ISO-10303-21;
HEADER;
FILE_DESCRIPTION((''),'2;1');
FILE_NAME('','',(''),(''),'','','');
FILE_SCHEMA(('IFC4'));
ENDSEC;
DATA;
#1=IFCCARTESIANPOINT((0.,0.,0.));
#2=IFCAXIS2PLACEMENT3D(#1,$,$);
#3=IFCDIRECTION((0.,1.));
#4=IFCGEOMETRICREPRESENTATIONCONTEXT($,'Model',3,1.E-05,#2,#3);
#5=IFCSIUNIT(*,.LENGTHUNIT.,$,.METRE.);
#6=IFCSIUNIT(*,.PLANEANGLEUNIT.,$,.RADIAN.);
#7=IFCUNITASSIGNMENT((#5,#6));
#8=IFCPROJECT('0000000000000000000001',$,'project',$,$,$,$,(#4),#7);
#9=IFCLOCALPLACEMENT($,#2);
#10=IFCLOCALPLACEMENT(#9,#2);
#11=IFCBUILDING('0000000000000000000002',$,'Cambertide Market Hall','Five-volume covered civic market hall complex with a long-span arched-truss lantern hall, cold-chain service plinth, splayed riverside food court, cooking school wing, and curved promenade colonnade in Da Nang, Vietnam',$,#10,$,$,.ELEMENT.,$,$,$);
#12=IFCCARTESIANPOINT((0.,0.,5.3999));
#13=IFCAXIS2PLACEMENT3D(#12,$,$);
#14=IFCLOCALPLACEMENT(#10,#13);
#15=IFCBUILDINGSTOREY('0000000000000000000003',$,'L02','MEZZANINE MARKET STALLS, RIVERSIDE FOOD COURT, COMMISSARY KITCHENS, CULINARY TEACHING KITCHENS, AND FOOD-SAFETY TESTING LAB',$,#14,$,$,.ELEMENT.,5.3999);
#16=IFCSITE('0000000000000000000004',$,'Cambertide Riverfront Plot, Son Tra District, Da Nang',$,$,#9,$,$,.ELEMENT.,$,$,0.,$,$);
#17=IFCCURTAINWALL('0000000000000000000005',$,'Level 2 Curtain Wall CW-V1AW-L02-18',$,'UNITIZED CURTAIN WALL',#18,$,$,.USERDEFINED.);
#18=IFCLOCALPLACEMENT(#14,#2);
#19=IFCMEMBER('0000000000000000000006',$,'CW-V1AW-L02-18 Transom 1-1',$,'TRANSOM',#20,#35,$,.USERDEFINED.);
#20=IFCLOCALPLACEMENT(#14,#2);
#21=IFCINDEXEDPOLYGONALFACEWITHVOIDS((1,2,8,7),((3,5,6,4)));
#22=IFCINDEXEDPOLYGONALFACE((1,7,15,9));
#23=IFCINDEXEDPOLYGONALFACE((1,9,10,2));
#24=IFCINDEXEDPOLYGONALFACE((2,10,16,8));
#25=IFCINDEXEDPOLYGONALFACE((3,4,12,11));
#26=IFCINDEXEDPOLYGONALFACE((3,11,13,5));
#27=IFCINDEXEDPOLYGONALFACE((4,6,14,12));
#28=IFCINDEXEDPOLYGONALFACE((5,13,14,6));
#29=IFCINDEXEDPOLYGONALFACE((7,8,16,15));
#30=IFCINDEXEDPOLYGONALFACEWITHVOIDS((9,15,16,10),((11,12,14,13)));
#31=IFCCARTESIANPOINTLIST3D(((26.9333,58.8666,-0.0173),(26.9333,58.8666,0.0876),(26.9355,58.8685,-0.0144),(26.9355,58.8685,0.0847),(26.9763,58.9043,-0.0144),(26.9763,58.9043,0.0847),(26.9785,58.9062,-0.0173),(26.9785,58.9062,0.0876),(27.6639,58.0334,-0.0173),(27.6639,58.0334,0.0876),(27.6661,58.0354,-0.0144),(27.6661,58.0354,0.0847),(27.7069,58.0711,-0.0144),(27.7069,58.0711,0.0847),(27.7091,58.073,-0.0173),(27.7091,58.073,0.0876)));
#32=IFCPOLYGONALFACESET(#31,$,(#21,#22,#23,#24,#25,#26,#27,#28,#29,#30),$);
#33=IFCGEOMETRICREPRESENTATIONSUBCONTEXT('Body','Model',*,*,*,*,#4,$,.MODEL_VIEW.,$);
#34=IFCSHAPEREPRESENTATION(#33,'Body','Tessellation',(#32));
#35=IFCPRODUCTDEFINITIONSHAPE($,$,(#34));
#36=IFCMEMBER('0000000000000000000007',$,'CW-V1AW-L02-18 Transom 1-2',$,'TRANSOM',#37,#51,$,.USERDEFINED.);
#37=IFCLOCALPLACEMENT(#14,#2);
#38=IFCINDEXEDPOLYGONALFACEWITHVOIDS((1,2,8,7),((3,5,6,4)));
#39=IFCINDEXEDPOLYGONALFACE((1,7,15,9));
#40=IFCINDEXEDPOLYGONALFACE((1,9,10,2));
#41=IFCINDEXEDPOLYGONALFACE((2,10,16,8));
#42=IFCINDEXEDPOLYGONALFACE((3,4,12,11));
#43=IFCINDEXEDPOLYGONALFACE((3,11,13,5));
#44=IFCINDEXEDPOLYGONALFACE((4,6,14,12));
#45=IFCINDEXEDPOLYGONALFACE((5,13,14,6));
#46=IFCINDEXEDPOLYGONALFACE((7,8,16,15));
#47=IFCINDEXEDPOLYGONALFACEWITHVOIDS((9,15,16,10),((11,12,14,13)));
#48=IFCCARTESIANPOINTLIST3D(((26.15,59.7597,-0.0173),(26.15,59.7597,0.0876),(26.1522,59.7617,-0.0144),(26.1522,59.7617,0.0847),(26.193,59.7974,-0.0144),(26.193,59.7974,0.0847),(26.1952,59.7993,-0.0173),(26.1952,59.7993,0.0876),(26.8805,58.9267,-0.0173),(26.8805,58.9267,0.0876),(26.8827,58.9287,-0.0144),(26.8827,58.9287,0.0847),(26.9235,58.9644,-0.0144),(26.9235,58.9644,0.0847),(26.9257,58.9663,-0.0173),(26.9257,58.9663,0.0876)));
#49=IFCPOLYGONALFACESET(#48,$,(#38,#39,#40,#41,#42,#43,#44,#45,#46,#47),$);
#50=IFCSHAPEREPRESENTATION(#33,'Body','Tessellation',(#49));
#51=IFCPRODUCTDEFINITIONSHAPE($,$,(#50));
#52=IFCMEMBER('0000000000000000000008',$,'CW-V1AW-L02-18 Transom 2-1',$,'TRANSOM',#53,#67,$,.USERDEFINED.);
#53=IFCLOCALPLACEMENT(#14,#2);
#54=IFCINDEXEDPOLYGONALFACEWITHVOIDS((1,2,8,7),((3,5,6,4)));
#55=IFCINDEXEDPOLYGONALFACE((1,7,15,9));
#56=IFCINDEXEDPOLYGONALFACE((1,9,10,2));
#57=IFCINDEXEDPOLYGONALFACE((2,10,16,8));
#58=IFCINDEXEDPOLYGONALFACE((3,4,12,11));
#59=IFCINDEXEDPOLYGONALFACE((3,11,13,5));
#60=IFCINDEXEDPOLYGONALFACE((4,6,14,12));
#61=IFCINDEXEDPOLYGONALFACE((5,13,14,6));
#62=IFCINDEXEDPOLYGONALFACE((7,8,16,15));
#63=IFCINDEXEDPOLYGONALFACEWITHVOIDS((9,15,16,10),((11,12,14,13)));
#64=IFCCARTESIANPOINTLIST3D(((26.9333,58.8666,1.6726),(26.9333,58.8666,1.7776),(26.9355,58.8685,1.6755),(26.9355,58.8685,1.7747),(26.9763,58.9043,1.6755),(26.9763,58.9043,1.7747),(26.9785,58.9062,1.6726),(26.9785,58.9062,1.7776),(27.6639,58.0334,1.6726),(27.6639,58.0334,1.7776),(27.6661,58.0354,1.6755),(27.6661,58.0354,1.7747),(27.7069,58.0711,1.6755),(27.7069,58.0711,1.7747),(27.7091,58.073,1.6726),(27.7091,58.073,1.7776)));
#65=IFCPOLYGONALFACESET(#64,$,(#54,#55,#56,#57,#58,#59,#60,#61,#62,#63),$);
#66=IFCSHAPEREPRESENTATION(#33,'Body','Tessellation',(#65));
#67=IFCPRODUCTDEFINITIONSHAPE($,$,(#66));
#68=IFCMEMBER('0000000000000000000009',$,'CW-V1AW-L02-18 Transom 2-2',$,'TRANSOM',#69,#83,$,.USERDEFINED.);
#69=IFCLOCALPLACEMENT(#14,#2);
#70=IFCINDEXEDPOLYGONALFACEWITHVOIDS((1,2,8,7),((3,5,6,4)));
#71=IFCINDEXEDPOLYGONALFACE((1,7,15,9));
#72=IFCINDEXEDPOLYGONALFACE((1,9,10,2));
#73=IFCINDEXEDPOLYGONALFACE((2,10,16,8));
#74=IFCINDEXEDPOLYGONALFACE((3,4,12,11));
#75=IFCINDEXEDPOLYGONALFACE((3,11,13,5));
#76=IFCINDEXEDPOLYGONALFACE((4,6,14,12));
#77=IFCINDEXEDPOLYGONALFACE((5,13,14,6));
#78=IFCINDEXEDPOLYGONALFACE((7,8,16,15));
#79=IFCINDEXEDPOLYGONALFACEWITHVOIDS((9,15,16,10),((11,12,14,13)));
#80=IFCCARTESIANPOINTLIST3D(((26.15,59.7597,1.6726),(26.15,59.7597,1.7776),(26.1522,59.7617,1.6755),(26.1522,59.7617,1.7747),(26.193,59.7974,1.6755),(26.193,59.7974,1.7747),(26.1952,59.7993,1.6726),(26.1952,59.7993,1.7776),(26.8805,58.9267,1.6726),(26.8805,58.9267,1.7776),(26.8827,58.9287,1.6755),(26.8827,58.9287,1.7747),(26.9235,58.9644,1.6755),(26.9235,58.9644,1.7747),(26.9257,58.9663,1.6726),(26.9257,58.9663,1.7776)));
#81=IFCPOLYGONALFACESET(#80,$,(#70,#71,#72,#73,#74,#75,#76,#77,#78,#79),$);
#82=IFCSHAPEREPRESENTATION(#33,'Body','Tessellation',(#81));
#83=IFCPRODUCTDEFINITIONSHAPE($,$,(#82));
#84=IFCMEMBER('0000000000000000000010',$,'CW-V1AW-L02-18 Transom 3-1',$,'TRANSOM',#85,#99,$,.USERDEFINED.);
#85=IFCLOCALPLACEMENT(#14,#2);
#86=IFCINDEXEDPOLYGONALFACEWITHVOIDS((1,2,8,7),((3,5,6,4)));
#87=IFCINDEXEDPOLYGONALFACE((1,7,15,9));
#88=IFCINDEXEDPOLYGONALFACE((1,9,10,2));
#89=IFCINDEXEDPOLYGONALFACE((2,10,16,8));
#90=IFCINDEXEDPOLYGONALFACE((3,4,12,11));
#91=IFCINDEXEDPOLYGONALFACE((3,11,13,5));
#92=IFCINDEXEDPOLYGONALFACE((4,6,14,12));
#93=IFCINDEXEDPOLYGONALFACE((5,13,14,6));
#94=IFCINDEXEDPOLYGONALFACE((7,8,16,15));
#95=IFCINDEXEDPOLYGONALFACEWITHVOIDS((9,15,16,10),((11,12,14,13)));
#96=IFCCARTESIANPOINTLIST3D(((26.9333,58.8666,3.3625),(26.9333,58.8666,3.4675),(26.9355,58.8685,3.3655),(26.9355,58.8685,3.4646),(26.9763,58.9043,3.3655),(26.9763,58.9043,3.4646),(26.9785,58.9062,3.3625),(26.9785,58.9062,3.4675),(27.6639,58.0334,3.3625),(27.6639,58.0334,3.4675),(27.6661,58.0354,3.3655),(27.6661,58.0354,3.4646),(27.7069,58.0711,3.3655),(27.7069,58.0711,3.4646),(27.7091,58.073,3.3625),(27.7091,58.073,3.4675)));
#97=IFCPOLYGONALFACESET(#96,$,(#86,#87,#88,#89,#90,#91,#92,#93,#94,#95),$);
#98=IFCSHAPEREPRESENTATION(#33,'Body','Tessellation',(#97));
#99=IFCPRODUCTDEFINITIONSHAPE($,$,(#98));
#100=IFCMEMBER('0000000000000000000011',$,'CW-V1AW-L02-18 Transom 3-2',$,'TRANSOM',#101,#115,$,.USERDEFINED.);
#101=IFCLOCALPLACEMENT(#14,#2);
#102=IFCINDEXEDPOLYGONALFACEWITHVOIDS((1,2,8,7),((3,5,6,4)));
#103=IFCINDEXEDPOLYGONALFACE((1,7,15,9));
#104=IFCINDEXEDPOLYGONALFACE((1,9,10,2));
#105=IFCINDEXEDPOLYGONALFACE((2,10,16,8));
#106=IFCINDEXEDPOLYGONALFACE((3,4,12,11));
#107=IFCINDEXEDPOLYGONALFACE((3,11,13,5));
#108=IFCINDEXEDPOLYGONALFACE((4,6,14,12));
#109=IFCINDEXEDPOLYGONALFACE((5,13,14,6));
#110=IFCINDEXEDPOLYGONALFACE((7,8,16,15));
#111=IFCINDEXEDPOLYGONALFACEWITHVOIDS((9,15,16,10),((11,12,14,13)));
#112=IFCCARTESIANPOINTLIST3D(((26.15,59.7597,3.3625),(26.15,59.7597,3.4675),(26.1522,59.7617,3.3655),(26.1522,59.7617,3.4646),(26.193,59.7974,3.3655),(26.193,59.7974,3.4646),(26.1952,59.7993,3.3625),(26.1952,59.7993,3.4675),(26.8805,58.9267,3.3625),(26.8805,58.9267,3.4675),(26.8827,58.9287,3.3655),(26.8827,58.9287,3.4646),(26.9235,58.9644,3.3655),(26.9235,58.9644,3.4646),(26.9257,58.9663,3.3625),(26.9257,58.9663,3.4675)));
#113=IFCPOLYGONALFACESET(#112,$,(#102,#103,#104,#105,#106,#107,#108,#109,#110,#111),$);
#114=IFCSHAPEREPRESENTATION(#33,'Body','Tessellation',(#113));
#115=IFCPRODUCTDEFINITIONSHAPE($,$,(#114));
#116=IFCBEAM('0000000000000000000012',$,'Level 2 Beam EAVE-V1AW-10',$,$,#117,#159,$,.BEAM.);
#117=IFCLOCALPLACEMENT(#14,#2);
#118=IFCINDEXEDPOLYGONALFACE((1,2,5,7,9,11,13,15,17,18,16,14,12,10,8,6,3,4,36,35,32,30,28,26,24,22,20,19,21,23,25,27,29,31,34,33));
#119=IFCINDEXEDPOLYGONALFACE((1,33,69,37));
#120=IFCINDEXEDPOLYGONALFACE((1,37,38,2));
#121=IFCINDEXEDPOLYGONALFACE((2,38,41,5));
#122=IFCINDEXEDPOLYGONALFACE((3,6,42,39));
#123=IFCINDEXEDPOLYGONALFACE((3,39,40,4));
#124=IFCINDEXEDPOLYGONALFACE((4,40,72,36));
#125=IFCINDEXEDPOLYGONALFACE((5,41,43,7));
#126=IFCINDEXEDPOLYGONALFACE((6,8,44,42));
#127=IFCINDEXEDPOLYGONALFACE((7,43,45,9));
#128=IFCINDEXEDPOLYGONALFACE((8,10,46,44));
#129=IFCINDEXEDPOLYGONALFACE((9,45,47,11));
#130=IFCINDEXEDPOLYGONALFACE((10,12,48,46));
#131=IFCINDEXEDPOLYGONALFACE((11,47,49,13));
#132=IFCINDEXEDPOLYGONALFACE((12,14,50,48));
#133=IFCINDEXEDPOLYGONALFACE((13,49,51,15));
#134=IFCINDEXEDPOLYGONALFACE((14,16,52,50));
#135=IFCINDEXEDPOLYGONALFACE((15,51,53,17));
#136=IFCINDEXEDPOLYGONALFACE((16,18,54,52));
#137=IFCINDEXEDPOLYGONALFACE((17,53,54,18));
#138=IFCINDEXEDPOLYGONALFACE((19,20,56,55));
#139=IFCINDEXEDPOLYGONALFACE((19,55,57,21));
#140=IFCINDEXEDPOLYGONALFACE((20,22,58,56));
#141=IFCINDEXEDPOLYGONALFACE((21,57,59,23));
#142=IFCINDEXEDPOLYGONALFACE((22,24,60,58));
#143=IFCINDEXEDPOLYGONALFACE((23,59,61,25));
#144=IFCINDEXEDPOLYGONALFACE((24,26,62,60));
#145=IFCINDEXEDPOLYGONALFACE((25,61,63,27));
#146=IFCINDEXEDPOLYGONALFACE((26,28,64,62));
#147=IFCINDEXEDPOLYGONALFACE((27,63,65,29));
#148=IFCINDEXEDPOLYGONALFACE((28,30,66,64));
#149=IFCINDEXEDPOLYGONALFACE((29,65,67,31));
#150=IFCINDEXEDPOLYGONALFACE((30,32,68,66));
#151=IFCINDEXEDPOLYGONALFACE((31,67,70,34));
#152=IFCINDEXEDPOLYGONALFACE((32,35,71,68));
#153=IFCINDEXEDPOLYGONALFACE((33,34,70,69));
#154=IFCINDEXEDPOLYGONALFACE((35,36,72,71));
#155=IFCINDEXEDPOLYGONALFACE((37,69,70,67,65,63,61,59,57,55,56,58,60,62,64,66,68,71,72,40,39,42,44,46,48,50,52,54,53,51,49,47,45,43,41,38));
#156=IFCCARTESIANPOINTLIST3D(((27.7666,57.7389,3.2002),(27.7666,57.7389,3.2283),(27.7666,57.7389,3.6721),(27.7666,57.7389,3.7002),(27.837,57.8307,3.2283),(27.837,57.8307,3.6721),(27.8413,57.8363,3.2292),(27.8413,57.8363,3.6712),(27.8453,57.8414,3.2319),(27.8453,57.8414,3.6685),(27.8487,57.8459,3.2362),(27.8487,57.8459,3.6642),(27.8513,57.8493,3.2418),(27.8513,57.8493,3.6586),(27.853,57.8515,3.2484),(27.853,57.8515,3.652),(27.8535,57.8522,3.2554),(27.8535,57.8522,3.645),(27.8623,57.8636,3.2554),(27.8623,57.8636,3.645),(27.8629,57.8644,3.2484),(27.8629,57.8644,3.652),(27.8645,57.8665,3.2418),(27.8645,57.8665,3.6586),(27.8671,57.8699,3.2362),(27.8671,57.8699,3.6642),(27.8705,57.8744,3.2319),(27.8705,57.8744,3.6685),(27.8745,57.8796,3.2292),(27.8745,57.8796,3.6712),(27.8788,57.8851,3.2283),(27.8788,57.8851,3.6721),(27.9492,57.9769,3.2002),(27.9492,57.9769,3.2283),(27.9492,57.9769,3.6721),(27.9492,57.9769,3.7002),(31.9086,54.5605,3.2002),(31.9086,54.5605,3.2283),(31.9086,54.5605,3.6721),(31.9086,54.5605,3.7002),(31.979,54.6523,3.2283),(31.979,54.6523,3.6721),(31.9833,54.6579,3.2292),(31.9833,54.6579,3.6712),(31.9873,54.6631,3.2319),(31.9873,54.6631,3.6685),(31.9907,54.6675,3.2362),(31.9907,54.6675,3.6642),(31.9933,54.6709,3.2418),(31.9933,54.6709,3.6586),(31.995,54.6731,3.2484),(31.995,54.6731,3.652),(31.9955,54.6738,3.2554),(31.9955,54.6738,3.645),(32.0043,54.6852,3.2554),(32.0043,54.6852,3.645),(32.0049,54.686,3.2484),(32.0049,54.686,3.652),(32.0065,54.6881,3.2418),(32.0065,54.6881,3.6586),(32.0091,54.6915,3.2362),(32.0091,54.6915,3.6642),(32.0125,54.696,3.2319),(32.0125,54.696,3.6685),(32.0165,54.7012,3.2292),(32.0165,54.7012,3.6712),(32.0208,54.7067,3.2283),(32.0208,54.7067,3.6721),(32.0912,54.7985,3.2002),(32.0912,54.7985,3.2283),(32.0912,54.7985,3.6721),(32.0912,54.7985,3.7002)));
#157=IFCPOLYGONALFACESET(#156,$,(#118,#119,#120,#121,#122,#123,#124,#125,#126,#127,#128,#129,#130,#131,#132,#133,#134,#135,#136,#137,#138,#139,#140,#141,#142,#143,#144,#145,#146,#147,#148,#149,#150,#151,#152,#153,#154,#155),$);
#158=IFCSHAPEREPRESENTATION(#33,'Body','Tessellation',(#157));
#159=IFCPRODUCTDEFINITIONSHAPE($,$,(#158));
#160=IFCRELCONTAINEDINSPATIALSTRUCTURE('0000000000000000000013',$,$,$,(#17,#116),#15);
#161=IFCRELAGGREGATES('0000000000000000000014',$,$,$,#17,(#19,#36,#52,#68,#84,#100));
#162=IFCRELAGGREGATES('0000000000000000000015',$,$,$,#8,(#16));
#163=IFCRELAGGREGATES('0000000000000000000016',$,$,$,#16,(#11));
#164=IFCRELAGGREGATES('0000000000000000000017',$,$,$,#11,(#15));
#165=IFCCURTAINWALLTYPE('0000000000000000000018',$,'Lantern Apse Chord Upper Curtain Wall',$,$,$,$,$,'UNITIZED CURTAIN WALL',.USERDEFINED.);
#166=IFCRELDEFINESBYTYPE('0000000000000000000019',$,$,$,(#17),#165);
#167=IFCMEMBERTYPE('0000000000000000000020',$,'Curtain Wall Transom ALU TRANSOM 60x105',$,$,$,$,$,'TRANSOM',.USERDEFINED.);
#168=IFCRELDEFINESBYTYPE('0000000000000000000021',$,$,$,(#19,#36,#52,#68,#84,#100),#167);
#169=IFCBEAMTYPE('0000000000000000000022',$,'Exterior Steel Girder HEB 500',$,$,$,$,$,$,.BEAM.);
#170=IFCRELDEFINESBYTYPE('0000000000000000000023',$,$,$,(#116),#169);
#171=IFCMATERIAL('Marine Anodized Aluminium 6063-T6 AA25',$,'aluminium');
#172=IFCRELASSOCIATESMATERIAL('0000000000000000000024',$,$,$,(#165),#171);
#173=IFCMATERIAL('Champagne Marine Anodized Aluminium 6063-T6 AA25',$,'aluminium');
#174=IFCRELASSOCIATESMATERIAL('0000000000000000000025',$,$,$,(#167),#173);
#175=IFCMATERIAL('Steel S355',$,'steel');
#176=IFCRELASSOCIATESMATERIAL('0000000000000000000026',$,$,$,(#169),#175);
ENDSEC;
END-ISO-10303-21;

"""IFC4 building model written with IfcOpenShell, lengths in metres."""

from ifc_helpers import new_model, si_unit, direction, frame, origin, origin_2d, place, context, subcontext, project, spatial, hollow_rectangle, i_section, extrude, material, material_profile, profile_set, type_object, element, aggregate, save


model = new_model("IFC4")

# Units and contexts
model_context = context("Model", 3, precision=1e-05, world=origin(), true_north=direction((0.0, 1.0)))
body_context = subcontext(model_context, "Body", "Model", "MODEL_VIEW")
ifc_project = project(units=[si_unit("LENGTHUNIT", "METRE"), si_unit("PLANEANGLEUNIT", "RADIAN")], contexts=[model_context])

# Site, building, storey
site_placement = place(None, origin())
site = spatial("IfcSite", under=ifc_project, at=site_placement, Name="Cambertide Riverfront Plot, Son Tra District, Da Nang", CompositionType="ELEMENT", RefElevation=0.0)
building_placement = place(site_placement, origin())
building = spatial("IfcBuilding", under=site, at=building_placement, Name="Cambertide Market Hall", Description="Five-volume covered civic market hall complex with a long-span arched-truss lantern hall, cold-chain service plinth, splayed riverside food court, cooking school wing, and curved promenade colonnade in Da Nang, Vietnam", CompositionType="ELEMENT")
storey_placement = place(building_placement, frame((0.0, 0.0, 5.3999)))
storey = spatial("IfcBuildingStorey", under=building, at=storey_placement, Name="L02", Description="MEZZANINE MARKET STALLS, RIVERSIDE FOOD COURT, COMMISSARY KITCHENS, CULINARY TEACHING KITCHENS, AND FOOD-SAFETY TESTING LAB", CompositionType="ELEMENT", Elevation=5.3999)

# Shared definitions
ifc_material_1 = material(Name="Marine Anodized Aluminium 6063-T6 AA25", Category="aluminium")
curtain_wall_type = type_object("IfcCurtainWallType", Name="Lantern Apse Chord Upper Curtain Wall", ElementType="UNITIZED CURTAIN WALL", PredefinedType="USERDEFINED", material=ifc_material_1)

# Curtain wall
curtain_wall_1_placement = place(storey_placement, origin())
curtain_wall_1 = element("IfcCurtainWall", 1, at=curtain_wall_1_placement, inside=storey, type_object=curtain_wall_type, Name="Level 2 Curtain Wall CW-V1AW-L02-18", ObjectType="UNITIZED CURTAIN WALL", PredefinedType="USERDEFINED")

# Members
ifc_material_2 = material(Name="Champagne Marine Anodized Aluminium 6063-T6 AA25", Category="aluminium")
ifc_material_profile_1 = material_profile(ifc_material_2, hollow_rectangle(XDim=0.0601, YDim=0.105, WallThickness=0.0029, at=origin_2d()), Name="ALU TRANSOM 60x105")
ifc_profile_set_1 = profile_set([ifc_material_profile_1], Name="Champagne Marine Anodized Aluminium 6063-T6 AA25")
member_type_1 = type_object("IfcMemberType", Name="Curtain Wall Transom ALU TRANSOM 60x105", ElementType="TRANSOM", PredefinedType="USERDEFINED", material=ifc_profile_set_1)
member_1_placement = place(storey_placement, frame((27.6865, 58.0532, 0.0352), z_axis=(-0.659331, 0.751853, 0.0), x_axis=(-0.751853, -0.659331, 0.0)))
member_1 = element("IfcMember", 2, at=member_1_placement, type_object=member_type_1, Name="CW-V1AW-L02-18 Transom 1-1", ObjectType="TRANSOM", PredefinedType="USERDEFINED", context=body_context, shape_type="SweptSolid", body=[
    extrude(hollow_rectangle(XDim=0.0601, YDim=0.105, WallThickness=0.0029, at=origin_2d()), origin(), (0.0, 0.0, 1.0), 1.1082),
])
member_2_placement = place(storey_placement, frame((26.9031, 58.9465, 0.0352), z_axis=(-0.659315, 0.751866, 0.0), x_axis=(-0.751866, -0.659315, 0.0)))
member_2 = element("IfcMember", 3, at=member_2_placement, type_object=member_type_1, Name="CW-V1AW-L02-18 Transom 1-2", ObjectType="TRANSOM", PredefinedType="USERDEFINED", context=body_context, shape_type="SweptSolid", body=[
    extrude(hollow_rectangle(XDim=0.0601, YDim=0.105, WallThickness=0.0029, at=origin_2d()), origin(), (0.0, 0.0, 1.0), 1.1079),
])
member_3_placement = place(storey_placement, frame((27.6865, 58.0532, 1.7251), z_axis=(-0.659331, 0.751853, 0.0), x_axis=(-0.751853, -0.659331, 0.0)))
member_3 = element("IfcMember", 4, at=member_3_placement, type_object=member_type_1, Name="CW-V1AW-L02-18 Transom 2-1", ObjectType="TRANSOM", PredefinedType="USERDEFINED", context=body_context, shape_type="SweptSolid", body=[
    extrude(hollow_rectangle(XDim=0.0601, YDim=0.105, WallThickness=0.0029, at=origin_2d()), origin(), (0.0, 0.0, 1.0), 1.1082),
])
member_4_placement = place(storey_placement, frame((26.9031, 58.9465, 1.7251), z_axis=(-0.659315, 0.751866, 0.0), x_axis=(-0.751866, -0.659315, 0.0)))
member_4 = element("IfcMember", 5, at=member_4_placement, type_object=member_type_1, Name="CW-V1AW-L02-18 Transom 2-2", ObjectType="TRANSOM", PredefinedType="USERDEFINED", context=body_context, shape_type="SweptSolid", body=[
    extrude(hollow_rectangle(XDim=0.0601, YDim=0.105, WallThickness=0.0029, at=origin_2d()), origin(), (0.0, 0.0, 1.0), 1.1079),
])
member_5_placement = place(storey_placement, frame((27.6865, 58.0532, 3.415), z_axis=(-0.659331, 0.751853, 0.0), x_axis=(-0.751853, -0.659331, 0.0)))
member_5 = element("IfcMember", 6, at=member_5_placement, type_object=member_type_1, Name="CW-V1AW-L02-18 Transom 3-1", ObjectType="TRANSOM", PredefinedType="USERDEFINED", context=body_context, shape_type="SweptSolid", body=[
    extrude(hollow_rectangle(XDim=0.0601, YDim=0.105, WallThickness=0.0029, at=origin_2d()), origin(), (0.0, 0.0, 1.0), 1.1082),
])
member_6_placement = place(storey_placement, frame((26.9031, 58.9465, 3.415), z_axis=(-0.659315, 0.751866, 0.0), x_axis=(-0.751866, -0.659315, 0.0)))
member_6 = element("IfcMember", 7, at=member_6_placement, type_object=member_type_1, Name="CW-V1AW-L02-18 Transom 3-2", ObjectType="TRANSOM", PredefinedType="USERDEFINED", context=body_context, shape_type="SweptSolid", body=[
    extrude(hollow_rectangle(XDim=0.0601, YDim=0.105, WallThickness=0.0029, at=origin_2d()), origin(), (0.0, 0.0, 1.0), 1.1079),
])

# Beam
ifc_material_3 = material(Name="Steel S355", Category="steel")
ifc_material_profile_2 = material_profile(ifc_material_3, i_section(OverallWidth=0.3, OverallDepth=0.5, WebThickness=0.0144, FlangeThickness=0.0281, FilletRadius=0.0271, at=origin_2d()), Name="HEB 500")
ifc_profile_set_2 = profile_set([ifc_material_profile_2], Name="Steel S355")
beam_type_1 = type_object("IfcBeamType", Name="Exterior Steel Girder HEB 500", PredefinedType="BEAM", material=ifc_profile_set_2)
beam_1_placement = place(storey_placement, frame((27.8579, 57.8579, 3.4502), z_axis=(0.793341, -0.608777, 0.0), x_axis=(0.608777, 0.793341, 0.0)))
element("IfcBeam", 8, at=beam_1_placement, inside=storey, type_object=beam_type_1, Name="Level 2 Beam EAVE-V1AW-10", PredefinedType="BEAM", context=body_context, shape_type="SweptSolid", body=[
    extrude(i_section(OverallWidth=0.3, OverallDepth=0.5, WebThickness=0.0144, FlangeThickness=0.0281, FilletRadius=0.0271, at=origin_2d()), origin(), (0.0, 0.0, 1.0), 5.2209),
])

aggregate(curtain_wall_1, [member_1, member_2, member_3, member_4, member_5, member_6])

save(model, "model.ifc")
